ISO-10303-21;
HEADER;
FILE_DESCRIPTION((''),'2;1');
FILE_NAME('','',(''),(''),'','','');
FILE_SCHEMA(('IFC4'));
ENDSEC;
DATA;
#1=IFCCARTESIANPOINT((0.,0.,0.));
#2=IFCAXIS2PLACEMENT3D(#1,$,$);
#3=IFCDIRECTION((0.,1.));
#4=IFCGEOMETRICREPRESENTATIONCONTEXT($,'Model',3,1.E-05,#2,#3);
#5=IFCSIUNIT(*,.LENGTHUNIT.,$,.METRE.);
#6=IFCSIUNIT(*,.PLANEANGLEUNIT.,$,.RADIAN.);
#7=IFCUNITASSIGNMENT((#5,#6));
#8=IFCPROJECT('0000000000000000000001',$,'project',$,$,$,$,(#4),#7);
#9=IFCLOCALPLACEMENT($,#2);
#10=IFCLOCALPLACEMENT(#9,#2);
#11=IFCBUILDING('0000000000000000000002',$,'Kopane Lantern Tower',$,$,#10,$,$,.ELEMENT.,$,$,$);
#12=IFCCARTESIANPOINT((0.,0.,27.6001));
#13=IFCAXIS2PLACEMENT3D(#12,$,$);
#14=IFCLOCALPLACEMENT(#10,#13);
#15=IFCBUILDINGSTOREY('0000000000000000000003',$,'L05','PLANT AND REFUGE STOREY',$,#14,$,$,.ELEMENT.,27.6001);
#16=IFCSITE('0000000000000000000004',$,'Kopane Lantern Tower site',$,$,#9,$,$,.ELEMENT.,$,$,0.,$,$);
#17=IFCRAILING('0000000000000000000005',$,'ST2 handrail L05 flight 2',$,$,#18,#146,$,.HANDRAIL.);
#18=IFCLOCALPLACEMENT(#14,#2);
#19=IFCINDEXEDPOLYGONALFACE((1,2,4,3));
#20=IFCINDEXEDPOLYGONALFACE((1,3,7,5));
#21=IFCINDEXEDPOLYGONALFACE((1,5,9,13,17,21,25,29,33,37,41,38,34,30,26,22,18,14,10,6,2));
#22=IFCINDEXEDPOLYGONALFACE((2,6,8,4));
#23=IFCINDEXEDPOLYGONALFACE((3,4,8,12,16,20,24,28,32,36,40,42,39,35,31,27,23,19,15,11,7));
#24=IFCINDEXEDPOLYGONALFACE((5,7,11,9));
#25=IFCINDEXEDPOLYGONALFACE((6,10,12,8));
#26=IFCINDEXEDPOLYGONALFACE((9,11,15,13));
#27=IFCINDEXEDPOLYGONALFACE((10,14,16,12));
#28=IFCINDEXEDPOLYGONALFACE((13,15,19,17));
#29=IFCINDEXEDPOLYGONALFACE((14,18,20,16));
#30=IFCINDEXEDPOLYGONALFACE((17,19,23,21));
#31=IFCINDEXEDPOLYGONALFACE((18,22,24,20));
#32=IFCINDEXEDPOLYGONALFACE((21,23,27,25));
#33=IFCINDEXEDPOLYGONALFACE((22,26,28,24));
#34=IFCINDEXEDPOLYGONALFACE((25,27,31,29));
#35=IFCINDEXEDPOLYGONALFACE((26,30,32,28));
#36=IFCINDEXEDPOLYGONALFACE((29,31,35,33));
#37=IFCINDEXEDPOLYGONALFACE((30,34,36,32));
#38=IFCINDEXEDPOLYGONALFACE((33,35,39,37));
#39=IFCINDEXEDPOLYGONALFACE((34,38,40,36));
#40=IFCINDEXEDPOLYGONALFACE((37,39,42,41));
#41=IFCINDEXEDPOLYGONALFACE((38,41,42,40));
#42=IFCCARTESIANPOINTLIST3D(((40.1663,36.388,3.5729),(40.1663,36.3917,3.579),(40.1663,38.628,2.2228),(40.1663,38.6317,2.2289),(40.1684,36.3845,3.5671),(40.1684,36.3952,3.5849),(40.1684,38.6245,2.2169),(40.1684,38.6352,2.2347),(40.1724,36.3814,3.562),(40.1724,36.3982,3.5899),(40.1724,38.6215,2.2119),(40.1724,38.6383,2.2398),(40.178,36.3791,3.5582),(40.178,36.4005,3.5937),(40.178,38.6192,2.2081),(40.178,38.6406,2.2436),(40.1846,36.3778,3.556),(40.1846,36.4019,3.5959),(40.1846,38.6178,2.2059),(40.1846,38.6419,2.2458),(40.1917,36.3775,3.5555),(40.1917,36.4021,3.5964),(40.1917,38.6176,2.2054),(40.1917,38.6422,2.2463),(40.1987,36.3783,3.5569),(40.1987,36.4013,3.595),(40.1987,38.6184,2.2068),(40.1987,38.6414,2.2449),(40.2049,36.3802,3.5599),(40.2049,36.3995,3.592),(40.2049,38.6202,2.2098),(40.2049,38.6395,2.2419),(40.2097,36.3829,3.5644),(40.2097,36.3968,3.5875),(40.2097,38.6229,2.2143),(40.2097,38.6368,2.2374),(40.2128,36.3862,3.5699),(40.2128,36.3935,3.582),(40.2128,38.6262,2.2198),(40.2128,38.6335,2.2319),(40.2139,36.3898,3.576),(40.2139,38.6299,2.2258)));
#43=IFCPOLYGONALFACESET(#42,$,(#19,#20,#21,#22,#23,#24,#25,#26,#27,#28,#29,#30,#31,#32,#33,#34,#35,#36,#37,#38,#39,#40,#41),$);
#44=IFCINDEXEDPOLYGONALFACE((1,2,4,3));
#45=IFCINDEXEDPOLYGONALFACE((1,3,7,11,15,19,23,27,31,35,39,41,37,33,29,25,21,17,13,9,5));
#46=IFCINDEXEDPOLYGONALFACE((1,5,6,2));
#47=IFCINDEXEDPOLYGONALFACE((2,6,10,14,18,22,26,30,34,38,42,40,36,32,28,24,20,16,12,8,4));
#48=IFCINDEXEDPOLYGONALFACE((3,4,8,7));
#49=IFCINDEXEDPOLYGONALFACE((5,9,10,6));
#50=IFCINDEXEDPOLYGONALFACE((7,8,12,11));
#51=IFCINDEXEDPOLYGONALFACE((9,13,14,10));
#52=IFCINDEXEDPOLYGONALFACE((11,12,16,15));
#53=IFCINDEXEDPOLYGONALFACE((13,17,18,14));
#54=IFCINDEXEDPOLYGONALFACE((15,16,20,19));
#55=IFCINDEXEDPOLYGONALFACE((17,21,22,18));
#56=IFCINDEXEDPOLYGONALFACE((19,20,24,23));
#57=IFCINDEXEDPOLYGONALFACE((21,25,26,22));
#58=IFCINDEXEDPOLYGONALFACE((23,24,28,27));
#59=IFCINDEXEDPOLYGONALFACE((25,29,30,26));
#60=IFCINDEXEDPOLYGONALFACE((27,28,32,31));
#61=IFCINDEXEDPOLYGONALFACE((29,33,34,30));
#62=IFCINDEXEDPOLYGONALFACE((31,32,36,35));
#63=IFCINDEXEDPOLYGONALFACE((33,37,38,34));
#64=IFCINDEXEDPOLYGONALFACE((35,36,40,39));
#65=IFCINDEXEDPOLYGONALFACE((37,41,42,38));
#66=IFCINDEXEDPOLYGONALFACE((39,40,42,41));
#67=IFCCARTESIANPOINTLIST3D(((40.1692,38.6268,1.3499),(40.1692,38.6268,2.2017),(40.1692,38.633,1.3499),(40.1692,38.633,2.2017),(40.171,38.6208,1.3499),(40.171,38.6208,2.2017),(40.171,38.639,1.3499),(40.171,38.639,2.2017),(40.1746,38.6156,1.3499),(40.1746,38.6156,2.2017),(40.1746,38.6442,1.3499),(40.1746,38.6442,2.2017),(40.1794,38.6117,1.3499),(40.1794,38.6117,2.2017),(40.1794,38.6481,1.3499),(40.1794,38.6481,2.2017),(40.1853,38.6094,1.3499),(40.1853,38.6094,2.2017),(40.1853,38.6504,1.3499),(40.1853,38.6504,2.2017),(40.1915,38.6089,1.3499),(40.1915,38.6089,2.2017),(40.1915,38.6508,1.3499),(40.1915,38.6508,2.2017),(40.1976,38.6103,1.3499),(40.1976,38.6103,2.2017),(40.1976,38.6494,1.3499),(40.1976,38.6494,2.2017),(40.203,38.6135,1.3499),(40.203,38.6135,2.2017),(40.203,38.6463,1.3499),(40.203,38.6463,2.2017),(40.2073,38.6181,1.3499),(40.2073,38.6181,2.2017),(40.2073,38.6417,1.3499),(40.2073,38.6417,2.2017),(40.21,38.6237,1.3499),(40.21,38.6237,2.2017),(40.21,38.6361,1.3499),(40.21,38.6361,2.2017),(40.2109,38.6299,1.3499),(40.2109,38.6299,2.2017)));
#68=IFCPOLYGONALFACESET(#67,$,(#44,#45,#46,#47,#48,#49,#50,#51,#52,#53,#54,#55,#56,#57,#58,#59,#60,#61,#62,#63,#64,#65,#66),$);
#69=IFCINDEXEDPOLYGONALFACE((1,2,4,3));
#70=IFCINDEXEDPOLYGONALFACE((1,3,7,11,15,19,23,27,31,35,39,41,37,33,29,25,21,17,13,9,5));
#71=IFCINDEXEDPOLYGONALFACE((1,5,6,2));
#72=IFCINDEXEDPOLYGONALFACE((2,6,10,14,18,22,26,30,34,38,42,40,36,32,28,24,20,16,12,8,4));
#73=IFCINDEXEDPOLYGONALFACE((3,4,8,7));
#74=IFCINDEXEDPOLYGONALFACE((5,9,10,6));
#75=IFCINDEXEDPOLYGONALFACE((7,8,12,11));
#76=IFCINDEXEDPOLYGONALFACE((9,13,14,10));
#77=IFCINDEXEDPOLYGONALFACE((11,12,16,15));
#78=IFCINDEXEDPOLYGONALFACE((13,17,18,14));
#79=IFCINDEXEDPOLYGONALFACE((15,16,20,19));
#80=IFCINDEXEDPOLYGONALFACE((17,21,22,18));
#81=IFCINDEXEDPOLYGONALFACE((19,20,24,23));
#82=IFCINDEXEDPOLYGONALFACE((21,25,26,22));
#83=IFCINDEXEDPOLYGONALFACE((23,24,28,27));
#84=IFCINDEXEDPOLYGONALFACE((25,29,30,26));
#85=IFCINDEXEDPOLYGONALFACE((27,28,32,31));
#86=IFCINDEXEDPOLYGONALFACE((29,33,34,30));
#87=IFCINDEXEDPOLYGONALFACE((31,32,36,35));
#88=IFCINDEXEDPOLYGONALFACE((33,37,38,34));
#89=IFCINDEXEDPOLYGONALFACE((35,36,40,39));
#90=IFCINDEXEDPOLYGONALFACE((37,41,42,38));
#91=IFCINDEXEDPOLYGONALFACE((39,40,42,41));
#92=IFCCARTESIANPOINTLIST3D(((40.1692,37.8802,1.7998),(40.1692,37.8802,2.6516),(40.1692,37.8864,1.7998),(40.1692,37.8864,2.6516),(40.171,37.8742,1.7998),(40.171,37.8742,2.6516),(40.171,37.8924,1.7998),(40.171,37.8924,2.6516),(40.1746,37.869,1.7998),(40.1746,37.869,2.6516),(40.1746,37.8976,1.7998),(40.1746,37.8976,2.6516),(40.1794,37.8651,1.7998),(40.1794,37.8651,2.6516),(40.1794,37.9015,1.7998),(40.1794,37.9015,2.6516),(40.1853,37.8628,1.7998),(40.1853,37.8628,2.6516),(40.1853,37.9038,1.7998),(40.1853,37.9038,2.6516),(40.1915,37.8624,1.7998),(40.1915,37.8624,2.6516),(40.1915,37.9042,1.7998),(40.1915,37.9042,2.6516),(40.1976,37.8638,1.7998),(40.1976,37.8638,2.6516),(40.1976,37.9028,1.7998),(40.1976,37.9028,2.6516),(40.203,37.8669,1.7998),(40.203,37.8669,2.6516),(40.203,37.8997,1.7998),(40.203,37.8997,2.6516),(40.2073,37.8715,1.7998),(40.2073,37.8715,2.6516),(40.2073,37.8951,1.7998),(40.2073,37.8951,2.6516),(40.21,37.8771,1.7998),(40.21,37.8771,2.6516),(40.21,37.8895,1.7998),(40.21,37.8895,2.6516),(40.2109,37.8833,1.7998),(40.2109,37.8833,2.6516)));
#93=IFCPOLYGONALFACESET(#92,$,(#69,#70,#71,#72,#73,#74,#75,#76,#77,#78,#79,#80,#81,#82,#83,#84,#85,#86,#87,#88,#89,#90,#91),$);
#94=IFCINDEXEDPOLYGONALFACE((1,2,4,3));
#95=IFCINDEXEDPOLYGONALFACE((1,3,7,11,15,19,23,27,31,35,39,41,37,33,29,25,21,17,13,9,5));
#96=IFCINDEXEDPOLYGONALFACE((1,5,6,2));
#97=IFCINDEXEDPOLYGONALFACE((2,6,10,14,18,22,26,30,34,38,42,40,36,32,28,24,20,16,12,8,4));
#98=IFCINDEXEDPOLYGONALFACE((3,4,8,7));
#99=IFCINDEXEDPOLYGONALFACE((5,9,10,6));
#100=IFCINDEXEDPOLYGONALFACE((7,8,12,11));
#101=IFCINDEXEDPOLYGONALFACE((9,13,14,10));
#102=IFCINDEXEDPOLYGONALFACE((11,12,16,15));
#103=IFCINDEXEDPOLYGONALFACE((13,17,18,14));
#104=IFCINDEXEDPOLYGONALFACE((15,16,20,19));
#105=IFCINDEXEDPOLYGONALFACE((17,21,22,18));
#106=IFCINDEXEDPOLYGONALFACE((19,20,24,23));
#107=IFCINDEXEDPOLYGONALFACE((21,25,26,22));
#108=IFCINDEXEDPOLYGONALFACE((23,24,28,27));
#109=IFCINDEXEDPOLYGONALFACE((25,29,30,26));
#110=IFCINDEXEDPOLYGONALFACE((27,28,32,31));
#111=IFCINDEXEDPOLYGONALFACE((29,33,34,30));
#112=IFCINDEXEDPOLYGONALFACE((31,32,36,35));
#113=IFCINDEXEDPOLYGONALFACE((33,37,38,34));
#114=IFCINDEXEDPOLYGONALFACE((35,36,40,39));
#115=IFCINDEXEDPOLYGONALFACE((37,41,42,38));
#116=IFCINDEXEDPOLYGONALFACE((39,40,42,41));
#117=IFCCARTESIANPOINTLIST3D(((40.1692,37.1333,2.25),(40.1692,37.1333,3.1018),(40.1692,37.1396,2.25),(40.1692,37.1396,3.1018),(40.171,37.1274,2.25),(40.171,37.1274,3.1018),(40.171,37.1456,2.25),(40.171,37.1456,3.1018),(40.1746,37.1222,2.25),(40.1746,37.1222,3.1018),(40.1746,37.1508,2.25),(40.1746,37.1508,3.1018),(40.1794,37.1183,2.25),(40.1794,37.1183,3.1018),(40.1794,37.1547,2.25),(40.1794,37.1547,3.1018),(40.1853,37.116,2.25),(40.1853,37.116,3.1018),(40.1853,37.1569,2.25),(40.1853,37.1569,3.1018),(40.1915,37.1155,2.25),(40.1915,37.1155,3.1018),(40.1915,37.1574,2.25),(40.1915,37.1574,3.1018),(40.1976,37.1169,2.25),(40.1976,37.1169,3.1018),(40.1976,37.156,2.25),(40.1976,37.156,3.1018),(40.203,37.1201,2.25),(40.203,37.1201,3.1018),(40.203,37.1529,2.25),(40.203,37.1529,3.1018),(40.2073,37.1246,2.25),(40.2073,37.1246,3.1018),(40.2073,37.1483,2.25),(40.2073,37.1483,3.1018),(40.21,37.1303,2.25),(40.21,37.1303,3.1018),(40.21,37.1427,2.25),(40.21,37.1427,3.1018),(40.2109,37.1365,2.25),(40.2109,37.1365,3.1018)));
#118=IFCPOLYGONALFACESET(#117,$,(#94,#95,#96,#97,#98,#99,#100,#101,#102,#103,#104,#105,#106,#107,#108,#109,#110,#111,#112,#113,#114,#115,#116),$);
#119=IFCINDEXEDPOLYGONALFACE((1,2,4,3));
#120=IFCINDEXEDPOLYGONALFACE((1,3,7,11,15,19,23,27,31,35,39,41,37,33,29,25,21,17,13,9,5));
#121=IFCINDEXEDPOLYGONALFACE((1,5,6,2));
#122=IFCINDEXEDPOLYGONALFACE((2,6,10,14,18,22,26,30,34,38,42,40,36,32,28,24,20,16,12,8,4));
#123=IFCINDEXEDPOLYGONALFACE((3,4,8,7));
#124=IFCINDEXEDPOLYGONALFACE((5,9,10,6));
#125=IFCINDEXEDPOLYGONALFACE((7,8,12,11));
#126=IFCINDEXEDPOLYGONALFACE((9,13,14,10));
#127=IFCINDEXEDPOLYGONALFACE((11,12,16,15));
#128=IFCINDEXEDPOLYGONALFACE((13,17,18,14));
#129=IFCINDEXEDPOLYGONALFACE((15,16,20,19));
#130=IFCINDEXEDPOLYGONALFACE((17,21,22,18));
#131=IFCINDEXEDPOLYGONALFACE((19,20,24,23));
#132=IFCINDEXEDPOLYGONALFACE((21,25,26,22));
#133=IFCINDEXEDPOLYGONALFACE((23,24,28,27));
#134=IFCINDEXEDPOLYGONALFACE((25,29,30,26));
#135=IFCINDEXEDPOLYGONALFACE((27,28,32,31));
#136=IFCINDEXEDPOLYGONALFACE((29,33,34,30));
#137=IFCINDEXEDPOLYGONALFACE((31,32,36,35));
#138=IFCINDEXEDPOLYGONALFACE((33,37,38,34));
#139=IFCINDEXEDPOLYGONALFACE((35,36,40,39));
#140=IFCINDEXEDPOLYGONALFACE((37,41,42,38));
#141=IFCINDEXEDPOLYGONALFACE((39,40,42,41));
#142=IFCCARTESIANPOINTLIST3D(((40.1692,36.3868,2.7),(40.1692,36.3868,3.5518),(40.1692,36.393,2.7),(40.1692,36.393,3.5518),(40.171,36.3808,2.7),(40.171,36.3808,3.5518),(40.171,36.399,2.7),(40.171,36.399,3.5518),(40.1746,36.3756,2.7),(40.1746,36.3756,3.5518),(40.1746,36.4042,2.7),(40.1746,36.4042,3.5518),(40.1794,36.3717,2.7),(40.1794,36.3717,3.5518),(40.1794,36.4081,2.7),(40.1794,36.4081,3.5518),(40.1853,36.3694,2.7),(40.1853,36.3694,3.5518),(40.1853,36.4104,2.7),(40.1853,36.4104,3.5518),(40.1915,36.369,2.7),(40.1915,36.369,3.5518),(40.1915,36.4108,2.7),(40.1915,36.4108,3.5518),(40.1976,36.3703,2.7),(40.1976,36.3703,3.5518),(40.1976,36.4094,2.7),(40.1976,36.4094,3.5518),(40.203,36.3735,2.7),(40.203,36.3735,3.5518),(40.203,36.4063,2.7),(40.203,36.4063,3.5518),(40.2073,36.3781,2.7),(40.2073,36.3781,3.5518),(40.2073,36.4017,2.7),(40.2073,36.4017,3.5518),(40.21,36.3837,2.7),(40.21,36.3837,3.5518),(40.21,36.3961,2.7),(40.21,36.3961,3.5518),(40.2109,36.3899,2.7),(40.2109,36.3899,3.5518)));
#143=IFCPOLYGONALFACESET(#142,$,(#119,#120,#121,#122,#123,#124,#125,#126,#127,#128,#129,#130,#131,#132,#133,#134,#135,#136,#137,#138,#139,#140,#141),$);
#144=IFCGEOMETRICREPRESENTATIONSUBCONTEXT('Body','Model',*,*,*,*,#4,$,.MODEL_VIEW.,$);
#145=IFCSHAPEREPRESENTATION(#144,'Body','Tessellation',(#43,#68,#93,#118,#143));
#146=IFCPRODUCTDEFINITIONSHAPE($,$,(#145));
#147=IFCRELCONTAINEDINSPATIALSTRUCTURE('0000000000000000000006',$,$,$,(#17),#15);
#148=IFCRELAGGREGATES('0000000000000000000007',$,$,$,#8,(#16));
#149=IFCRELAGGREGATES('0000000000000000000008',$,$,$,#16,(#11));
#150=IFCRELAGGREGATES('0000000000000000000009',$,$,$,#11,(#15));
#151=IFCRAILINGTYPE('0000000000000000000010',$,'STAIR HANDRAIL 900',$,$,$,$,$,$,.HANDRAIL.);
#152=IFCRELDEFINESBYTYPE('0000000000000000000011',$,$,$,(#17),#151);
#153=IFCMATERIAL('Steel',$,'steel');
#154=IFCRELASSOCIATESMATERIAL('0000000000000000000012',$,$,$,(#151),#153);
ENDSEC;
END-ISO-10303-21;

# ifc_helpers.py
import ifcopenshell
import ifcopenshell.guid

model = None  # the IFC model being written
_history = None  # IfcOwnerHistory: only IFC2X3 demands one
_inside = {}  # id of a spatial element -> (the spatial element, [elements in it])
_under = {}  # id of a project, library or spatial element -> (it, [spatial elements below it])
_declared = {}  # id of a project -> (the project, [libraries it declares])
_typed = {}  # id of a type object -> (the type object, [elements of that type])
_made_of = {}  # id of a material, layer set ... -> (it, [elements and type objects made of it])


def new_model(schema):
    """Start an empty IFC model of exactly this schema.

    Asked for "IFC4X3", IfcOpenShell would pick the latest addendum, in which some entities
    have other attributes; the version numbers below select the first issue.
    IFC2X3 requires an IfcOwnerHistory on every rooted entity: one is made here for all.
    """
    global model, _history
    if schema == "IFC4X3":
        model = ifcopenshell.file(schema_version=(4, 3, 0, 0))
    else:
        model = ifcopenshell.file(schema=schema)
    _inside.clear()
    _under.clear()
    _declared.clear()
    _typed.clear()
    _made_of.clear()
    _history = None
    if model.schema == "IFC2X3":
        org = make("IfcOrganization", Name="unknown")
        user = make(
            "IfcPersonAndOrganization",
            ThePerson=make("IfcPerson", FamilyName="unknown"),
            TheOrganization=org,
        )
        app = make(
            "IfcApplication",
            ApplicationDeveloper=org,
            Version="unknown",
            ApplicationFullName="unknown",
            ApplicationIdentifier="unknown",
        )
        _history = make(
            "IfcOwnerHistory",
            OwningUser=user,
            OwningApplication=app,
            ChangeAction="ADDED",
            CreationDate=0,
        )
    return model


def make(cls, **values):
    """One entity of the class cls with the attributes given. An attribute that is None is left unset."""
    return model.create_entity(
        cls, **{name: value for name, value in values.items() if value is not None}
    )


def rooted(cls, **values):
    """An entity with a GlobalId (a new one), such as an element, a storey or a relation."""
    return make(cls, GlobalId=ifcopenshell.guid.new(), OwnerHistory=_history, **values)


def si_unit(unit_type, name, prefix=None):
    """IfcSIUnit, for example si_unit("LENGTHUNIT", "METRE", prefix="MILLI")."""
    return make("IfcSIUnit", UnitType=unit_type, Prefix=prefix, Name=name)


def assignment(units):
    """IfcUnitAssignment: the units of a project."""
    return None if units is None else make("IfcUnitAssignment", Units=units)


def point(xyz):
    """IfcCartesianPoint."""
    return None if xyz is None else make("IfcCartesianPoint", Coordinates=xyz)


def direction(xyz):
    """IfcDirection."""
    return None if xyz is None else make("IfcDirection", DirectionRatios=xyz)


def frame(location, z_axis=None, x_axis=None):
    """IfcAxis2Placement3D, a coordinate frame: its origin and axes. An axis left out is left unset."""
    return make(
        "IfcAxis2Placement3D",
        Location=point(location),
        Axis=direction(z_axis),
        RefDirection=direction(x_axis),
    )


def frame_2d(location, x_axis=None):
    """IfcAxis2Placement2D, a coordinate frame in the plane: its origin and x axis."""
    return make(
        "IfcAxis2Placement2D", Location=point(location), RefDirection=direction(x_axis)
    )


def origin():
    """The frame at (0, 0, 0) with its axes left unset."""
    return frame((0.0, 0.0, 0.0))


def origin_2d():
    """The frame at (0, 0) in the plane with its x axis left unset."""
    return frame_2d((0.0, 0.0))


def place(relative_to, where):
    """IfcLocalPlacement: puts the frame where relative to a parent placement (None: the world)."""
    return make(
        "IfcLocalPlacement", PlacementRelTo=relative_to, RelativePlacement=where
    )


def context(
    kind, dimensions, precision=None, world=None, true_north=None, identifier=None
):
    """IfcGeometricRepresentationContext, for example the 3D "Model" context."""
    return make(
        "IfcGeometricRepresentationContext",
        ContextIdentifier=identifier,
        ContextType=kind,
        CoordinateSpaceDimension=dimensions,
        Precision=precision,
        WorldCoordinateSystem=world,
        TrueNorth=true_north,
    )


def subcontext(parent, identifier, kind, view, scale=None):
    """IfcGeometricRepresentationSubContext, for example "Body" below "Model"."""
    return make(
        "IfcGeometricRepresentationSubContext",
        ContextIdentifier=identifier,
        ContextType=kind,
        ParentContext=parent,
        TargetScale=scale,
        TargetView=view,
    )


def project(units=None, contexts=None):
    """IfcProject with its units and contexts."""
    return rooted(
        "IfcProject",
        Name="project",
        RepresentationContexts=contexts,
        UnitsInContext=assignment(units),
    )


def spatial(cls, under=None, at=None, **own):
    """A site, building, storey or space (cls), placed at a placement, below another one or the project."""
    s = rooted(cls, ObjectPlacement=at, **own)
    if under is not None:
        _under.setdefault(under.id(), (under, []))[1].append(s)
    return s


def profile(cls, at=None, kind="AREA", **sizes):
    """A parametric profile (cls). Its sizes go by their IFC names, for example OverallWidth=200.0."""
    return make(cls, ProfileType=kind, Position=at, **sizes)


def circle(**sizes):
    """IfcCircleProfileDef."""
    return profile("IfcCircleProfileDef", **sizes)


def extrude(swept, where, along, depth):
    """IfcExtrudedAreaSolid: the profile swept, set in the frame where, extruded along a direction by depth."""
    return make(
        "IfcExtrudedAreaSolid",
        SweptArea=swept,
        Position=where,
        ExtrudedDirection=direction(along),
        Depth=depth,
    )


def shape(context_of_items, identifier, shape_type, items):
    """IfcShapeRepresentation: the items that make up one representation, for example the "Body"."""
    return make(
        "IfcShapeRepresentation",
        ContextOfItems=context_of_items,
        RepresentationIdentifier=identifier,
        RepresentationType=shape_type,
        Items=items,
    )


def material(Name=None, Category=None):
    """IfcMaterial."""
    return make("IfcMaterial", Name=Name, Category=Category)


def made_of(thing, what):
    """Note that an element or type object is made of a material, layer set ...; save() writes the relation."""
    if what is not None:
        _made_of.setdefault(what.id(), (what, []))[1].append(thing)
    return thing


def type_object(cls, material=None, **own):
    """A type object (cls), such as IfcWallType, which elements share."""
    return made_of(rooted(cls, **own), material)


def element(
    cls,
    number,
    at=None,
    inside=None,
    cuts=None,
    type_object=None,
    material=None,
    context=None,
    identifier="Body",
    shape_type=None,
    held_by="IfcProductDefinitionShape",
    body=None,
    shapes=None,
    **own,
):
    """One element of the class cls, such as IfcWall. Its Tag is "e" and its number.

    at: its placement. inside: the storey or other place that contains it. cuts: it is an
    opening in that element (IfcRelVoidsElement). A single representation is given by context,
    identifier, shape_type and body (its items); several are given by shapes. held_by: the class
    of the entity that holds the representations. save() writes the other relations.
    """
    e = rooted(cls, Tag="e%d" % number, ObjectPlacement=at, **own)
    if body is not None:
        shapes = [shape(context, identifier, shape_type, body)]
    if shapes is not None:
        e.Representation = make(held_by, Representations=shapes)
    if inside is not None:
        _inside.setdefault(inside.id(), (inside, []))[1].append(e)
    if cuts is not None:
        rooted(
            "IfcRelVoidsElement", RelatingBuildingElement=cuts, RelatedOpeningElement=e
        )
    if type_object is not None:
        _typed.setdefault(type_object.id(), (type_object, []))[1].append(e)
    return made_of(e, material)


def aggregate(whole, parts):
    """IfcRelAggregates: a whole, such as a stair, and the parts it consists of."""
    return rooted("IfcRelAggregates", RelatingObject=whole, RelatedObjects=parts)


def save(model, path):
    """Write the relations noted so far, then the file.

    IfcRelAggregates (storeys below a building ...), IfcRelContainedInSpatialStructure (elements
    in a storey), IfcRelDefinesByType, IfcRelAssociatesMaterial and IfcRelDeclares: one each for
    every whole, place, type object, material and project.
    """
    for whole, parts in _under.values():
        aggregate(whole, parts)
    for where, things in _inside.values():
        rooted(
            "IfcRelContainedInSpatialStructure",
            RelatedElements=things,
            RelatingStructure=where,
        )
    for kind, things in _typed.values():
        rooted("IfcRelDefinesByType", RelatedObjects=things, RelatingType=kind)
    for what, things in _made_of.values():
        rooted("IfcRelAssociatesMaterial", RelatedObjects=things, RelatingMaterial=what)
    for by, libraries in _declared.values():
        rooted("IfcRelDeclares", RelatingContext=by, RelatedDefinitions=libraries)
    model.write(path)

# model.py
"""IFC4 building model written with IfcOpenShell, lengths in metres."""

from ifc_helpers import new_model, si_unit, direction, frame, origin, origin_2d, place, context, subcontext, project, spatial, circle, extrude, material, type_object, element, save


model = new_model("IFC4")

# Units and contexts
model_context = context("Model", 3, precision=1e-05, world=origin(), true_north=direction((0.0, 1.0)))
body_context = subcontext(model_context, "Body", "Model", "MODEL_VIEW")
ifc_project = project(units=[si_unit("LENGTHUNIT", "METRE"), si_unit("PLANEANGLEUNIT", "RADIAN")], contexts=[model_context])

# Site, building, storey
site_placement = place(None, origin())
site = spatial("IfcSite", under=ifc_project, at=site_placement, Name="Kopane Lantern Tower site", CompositionType="ELEMENT", RefElevation=0.0)
building_placement = place(site_placement, origin())
building = spatial("IfcBuilding", under=site, at=building_placement, Name="Kopane Lantern Tower", CompositionType="ELEMENT")
storey_placement = place(building_placement, frame((0.0, 0.0, 27.6001)))
storey = spatial("IfcBuildingStorey", under=building, at=storey_placement, Name="L05", Description="PLANT AND REFUGE STOREY", CompositionType="ELEMENT", Elevation=27.6001)

# Railing
ifc_material_1 = material(Name="Steel", Category="steel")
railing_type = type_object("IfcRailingType", Name="STAIR HANDRAIL 900", PredefinedType="HANDRAIL", material=ifc_material_1)
for number, where, name in (
    (1, (40.1899, 38.6299, 1.3499), "ST2 handrail L05 flight 2"),
):
    element("IfcRailing", number, at=place(storey_placement, frame(where)), inside=storey, type_object=railing_type, Name=name, PredefinedType="HANDRAIL", context=body_context, shape_type="SweptSolid", body=[
        extrude(circle(Radius=0.0239, at=origin_2d()), frame((0.0, 0.0, 0.876), z_axis=(0.0, -0.856462, 0.516211), x_axis=(1.0, 0.0, 0.0)), (0.0, 0.0, 1.0), 2.6155),
        extrude(circle(Radius=0.021, at=origin_2d()), origin(), (0.0, 0.0, 1.0), 0.8518),
        extrude(circle(Radius=0.021, at=origin_2d()), frame((0.0, -0.7466, 0.45)), (0.0, 0.0, 1.0), 0.8518),
        extrude(circle(Radius=0.021, at=origin_2d()), frame((0.0, -1.4934, 0.9001)), (0.0, 0.0, 1.0), 0.8518),
        extrude(circle(Radius=0.021, at=origin_2d()), frame((0.0, -2.24, 1.3501)), (0.0, 0.0, 1.0), 0.8518),
    ])

save(model, "model.ifc")
